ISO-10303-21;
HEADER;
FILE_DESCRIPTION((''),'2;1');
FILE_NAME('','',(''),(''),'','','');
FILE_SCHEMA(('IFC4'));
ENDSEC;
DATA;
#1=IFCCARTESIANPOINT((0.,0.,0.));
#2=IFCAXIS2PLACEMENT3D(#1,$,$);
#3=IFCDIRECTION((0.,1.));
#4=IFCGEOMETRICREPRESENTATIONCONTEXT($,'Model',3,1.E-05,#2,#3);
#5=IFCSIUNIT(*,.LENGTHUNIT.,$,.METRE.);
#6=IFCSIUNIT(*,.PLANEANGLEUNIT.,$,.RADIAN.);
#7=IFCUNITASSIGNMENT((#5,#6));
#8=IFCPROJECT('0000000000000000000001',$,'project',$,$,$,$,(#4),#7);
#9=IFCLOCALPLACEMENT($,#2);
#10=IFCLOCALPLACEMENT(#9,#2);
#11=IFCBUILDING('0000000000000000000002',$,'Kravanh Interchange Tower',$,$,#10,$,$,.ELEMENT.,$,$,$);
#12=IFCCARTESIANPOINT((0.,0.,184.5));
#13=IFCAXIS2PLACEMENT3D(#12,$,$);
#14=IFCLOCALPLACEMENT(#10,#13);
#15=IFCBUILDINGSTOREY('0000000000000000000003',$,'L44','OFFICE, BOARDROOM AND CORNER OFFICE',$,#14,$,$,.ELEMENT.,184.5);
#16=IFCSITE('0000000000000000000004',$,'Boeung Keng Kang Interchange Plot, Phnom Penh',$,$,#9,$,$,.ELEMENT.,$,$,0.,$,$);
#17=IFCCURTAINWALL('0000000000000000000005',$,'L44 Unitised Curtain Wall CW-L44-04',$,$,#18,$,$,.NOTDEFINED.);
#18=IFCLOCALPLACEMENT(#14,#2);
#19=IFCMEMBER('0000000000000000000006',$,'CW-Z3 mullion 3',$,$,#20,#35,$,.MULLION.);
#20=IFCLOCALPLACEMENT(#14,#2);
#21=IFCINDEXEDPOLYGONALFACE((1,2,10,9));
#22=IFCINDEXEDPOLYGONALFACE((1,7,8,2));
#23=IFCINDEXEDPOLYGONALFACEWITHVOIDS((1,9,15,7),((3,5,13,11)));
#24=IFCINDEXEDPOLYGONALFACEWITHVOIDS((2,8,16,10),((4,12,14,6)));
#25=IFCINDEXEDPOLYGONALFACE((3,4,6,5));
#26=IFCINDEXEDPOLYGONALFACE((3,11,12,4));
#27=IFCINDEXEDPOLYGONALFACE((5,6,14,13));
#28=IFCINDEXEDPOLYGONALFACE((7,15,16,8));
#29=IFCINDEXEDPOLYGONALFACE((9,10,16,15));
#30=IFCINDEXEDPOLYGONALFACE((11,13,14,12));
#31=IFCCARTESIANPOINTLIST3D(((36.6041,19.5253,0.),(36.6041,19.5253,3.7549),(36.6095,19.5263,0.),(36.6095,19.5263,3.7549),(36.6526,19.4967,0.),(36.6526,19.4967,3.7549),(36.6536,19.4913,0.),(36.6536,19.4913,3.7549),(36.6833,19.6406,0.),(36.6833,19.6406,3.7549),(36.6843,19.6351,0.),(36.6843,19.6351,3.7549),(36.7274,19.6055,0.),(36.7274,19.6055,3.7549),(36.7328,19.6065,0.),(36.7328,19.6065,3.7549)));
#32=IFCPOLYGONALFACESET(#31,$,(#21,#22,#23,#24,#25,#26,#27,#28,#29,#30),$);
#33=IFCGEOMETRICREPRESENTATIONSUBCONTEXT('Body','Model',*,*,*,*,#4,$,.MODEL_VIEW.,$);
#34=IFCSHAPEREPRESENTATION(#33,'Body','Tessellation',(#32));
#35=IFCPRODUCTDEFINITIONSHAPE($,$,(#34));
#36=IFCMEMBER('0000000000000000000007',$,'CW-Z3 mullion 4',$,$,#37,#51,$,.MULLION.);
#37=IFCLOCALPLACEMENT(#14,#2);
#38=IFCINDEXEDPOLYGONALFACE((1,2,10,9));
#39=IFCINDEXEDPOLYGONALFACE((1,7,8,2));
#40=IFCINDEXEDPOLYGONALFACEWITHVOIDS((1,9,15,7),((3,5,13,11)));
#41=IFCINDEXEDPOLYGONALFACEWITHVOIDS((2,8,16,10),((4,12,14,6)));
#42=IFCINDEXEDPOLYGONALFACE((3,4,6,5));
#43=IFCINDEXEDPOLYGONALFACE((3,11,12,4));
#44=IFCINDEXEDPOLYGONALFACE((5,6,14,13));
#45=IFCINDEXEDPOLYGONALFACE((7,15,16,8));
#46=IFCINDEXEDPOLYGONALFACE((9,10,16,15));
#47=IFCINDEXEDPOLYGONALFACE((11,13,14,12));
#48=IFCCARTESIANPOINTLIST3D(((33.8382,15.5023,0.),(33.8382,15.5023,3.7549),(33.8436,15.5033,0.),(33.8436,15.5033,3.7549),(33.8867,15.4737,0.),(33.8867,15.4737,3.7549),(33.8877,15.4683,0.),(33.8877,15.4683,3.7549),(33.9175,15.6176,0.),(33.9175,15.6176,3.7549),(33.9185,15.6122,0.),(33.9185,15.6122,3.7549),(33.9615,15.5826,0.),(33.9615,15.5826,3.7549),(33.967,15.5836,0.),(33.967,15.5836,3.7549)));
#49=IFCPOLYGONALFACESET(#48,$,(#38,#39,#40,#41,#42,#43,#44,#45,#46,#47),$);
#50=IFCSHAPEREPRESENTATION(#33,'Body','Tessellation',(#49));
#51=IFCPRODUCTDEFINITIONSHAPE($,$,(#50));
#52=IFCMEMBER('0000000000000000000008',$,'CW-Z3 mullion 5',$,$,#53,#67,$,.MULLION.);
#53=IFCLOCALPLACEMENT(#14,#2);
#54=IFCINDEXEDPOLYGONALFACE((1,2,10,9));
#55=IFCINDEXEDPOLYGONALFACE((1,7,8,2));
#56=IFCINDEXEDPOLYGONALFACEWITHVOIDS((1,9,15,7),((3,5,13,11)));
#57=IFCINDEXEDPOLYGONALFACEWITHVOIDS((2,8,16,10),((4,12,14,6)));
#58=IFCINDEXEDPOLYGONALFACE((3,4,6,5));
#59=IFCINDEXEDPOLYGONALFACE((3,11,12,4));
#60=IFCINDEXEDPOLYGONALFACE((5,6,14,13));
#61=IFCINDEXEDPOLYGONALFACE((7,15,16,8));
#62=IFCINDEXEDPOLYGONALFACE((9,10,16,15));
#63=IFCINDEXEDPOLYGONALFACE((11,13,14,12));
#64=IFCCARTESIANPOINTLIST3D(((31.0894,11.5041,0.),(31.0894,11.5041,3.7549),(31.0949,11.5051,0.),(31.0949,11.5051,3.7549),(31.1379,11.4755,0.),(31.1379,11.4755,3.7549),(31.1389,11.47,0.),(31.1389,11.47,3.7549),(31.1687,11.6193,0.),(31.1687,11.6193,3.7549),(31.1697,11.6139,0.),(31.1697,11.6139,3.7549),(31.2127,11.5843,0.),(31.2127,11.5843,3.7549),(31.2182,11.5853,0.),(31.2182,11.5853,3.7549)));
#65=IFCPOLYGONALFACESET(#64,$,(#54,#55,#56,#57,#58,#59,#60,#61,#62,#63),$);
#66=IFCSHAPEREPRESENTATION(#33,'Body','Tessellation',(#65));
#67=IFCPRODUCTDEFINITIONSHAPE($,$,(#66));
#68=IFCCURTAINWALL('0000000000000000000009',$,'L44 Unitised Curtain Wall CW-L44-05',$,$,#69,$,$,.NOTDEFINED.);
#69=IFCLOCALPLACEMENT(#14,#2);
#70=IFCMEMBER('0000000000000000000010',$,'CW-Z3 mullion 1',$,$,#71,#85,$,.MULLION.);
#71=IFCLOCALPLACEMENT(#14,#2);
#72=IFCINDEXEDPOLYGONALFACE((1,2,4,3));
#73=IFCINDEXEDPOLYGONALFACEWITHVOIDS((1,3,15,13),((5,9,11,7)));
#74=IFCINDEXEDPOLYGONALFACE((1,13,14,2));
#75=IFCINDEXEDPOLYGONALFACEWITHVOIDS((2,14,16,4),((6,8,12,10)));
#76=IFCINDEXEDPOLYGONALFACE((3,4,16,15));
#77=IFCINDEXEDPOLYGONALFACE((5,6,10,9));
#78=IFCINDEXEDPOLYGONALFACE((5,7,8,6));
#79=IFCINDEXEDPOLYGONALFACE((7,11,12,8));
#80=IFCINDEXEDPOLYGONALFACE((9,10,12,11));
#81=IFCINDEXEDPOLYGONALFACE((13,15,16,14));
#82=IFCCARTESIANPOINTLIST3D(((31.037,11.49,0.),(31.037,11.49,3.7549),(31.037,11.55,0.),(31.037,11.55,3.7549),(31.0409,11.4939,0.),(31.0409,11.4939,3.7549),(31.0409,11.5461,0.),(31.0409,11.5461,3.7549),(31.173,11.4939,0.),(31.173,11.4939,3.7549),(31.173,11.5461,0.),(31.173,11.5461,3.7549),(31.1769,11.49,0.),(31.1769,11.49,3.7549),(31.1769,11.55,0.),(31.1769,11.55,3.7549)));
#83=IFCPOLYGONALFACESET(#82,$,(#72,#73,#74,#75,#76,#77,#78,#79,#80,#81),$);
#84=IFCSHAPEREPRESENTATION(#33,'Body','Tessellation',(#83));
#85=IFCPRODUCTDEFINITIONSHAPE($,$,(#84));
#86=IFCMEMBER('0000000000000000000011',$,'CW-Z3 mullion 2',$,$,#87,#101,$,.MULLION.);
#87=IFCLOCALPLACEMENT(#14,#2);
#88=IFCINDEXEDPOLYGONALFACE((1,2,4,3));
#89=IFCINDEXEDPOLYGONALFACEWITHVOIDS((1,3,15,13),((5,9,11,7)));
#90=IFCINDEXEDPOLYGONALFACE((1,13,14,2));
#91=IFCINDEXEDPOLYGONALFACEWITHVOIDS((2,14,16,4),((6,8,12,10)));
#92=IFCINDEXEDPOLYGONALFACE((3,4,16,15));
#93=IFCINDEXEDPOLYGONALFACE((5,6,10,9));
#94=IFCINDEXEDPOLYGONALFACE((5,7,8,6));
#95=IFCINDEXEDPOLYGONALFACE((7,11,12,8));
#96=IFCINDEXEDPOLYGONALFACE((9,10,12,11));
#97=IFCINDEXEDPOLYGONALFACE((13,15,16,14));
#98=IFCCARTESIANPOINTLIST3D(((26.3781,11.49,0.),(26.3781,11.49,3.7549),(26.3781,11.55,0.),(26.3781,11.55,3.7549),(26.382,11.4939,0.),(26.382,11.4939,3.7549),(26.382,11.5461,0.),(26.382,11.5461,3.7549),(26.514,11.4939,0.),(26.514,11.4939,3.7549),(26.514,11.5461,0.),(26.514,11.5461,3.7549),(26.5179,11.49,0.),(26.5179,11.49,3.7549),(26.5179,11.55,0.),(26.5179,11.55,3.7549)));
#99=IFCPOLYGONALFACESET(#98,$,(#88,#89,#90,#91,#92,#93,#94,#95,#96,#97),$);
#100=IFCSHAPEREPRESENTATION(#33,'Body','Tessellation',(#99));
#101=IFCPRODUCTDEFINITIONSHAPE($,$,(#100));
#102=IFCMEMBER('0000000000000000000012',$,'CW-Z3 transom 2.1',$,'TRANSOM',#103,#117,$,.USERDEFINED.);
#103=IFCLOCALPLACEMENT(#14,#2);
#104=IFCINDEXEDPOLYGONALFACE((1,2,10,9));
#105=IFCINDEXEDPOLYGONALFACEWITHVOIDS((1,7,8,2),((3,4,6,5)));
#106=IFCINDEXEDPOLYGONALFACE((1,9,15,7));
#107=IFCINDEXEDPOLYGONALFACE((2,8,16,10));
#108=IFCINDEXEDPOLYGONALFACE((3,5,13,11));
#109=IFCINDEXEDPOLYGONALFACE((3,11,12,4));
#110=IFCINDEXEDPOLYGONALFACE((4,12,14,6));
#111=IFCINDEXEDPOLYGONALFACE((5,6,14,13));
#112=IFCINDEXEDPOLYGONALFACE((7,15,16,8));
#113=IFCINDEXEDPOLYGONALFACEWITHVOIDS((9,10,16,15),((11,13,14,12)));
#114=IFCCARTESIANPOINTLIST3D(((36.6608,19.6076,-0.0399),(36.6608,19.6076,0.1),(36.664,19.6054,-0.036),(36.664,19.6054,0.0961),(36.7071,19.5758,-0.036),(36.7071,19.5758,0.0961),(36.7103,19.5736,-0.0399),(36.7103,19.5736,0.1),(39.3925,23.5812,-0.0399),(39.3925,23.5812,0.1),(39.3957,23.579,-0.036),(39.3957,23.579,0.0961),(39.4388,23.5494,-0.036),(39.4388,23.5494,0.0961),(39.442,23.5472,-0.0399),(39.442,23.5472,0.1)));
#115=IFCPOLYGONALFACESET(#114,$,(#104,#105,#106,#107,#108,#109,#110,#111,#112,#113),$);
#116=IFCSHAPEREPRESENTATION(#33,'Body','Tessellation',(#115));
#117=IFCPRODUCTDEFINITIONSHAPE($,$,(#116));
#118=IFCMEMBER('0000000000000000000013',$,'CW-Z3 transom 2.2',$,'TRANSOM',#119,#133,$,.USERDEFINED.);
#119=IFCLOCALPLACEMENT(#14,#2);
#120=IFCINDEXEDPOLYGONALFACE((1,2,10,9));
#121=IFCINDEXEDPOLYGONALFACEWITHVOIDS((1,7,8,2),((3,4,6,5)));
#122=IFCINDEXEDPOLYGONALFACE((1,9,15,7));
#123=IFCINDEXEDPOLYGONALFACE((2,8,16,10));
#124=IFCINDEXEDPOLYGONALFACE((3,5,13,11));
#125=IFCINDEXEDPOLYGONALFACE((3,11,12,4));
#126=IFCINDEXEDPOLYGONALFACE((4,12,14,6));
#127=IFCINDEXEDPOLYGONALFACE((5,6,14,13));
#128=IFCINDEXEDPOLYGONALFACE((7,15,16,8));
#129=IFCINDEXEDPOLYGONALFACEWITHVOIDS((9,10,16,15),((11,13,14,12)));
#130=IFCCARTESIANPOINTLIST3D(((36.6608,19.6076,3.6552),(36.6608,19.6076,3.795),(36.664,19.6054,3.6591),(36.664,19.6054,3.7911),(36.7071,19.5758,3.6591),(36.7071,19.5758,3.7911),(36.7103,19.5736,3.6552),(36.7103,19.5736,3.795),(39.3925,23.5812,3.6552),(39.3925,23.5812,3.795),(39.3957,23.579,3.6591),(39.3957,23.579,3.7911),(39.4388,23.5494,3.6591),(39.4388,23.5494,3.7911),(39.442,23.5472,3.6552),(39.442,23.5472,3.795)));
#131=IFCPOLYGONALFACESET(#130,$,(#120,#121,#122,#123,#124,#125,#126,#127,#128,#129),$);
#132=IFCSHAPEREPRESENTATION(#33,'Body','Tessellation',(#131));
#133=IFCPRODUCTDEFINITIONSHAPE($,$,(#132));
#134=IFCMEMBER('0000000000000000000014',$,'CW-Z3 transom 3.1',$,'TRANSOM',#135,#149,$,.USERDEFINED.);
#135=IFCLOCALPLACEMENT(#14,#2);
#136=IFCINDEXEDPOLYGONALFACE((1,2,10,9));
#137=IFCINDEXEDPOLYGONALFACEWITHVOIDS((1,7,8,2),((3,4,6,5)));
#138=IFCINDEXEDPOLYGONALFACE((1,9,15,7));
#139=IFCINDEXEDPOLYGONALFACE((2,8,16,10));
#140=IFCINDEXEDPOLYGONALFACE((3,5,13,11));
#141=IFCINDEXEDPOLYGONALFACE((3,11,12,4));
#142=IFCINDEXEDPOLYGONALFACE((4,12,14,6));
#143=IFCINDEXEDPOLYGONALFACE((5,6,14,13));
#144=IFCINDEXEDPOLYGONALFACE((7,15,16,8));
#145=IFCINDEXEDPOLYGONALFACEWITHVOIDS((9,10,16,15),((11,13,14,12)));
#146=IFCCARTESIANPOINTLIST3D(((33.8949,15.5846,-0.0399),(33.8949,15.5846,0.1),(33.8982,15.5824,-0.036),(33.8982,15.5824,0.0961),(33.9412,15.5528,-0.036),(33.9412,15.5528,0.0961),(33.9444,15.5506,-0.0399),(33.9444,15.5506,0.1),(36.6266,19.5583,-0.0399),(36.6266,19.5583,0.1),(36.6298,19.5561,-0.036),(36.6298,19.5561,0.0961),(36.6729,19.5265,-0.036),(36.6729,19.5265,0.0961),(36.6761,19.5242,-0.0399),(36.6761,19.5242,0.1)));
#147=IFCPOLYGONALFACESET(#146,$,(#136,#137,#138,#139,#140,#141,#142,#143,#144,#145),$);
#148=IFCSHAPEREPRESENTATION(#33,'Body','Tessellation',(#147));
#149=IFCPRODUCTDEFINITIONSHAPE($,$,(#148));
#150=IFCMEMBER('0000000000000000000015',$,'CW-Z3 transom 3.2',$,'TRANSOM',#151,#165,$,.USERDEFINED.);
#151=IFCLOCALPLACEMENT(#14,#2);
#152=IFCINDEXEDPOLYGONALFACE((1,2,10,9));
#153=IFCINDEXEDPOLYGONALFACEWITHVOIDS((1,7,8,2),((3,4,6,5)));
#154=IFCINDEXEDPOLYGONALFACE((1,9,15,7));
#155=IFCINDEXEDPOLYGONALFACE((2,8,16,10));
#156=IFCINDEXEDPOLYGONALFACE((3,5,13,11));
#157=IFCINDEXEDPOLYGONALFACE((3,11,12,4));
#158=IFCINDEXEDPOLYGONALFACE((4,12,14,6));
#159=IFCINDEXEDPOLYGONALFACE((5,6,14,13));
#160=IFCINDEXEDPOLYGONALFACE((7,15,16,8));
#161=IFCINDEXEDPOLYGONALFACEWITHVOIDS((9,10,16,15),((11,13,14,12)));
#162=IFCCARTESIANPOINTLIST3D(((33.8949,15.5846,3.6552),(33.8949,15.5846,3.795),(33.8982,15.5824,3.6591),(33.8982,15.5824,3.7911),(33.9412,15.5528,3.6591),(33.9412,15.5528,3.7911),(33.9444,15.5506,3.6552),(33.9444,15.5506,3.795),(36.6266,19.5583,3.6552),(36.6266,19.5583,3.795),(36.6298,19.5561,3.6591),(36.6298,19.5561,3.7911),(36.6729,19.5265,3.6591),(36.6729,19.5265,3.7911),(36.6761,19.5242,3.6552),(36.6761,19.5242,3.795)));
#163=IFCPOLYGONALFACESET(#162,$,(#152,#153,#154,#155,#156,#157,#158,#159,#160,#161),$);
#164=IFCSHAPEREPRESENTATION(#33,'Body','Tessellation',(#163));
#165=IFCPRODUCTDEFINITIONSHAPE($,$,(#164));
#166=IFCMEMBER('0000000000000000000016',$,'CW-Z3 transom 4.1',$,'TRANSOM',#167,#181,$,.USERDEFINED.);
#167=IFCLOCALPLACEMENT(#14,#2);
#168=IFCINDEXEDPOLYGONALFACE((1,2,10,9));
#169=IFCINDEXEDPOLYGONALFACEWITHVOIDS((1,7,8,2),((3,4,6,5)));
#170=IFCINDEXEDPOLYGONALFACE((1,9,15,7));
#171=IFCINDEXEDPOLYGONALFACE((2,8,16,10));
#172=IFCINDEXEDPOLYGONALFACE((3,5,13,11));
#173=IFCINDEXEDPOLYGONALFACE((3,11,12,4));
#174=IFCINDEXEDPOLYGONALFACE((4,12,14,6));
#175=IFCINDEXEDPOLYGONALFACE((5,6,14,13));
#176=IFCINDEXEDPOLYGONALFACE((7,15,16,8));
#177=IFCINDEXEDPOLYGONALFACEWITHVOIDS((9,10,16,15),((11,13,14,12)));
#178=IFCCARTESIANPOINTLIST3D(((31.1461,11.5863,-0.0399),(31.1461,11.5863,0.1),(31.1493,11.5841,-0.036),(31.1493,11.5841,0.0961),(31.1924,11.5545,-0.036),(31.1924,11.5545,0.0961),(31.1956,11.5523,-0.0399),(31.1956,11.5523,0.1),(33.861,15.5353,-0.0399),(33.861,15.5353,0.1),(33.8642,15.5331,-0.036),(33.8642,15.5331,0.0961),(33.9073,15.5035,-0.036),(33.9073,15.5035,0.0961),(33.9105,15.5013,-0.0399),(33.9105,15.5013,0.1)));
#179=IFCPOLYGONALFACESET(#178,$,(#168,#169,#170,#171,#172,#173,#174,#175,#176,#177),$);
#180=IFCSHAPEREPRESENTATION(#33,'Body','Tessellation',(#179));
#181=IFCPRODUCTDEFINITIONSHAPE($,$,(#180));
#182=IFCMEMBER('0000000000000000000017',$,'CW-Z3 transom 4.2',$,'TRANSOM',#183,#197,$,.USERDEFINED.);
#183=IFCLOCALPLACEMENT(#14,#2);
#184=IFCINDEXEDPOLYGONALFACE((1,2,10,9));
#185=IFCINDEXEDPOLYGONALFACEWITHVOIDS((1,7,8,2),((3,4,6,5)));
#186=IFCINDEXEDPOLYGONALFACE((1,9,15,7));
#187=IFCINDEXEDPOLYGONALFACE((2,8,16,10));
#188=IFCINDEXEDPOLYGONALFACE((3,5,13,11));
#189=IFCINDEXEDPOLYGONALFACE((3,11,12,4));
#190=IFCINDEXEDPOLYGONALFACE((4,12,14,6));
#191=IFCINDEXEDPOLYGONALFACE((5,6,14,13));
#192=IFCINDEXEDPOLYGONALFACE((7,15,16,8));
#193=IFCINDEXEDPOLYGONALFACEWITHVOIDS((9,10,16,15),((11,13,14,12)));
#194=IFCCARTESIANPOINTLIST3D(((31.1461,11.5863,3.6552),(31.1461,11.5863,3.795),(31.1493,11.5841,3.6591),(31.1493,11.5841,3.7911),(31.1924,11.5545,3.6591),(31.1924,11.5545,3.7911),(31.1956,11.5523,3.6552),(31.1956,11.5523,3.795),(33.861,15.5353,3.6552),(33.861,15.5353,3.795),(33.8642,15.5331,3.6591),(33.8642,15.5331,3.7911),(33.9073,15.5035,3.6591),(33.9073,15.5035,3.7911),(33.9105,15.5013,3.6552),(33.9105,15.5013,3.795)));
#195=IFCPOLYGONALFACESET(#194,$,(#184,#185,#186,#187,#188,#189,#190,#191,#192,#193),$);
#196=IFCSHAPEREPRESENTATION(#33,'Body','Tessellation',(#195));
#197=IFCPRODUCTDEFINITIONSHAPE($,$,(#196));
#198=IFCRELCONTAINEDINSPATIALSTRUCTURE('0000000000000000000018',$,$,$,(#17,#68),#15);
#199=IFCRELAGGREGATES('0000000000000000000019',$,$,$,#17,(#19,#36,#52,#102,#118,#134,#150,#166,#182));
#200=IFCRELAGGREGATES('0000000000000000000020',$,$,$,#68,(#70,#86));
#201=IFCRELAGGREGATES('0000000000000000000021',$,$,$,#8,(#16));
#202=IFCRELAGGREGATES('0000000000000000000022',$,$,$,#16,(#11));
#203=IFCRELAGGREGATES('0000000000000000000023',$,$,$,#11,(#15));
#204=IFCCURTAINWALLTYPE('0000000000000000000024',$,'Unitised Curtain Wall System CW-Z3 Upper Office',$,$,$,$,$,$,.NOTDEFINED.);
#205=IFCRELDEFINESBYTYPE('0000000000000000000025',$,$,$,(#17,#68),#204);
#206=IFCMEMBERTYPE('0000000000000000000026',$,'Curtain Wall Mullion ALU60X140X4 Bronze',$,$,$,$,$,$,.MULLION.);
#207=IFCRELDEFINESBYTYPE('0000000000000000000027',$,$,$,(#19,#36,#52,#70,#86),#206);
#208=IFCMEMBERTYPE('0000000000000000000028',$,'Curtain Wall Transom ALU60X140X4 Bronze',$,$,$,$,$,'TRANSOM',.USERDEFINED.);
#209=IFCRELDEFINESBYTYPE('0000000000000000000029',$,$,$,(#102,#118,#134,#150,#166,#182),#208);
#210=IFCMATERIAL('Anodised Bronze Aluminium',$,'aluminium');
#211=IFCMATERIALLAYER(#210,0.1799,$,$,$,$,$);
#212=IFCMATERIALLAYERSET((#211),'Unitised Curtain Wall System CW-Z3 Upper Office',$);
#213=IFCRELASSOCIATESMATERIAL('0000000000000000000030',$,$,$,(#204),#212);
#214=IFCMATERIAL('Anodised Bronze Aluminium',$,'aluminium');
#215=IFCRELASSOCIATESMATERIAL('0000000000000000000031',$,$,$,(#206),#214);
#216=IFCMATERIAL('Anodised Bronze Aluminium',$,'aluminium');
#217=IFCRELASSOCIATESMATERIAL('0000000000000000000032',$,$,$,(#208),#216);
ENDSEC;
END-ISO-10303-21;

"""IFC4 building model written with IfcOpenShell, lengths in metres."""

from ifc_helpers import new_model, si_unit, direction, frame, origin, origin_2d, place, context, subcontext, project, spatial, hollow_rectangle, extrude, material, layer, layer_set, material_profile, profile_set, type_object, element, aggregate, save


model = new_model("IFC4")

# Units and contexts
model_context = context("Model", 3, precision=1e-05, world=origin(), true_north=direction((0.0, 1.0)))
body_context = subcontext(model_context, "Body", "Model", "MODEL_VIEW")
ifc_project = project(units=[si_unit("LENGTHUNIT", "METRE"), si_unit("PLANEANGLEUNIT", "RADIAN")], contexts=[model_context])

# Site, building, storey
site_placement = place(None, origin())
site = spatial("IfcSite", under=ifc_project, at=site_placement, Name="Boeung Keng Kang Interchange Plot, Phnom Penh", CompositionType="ELEMENT", RefElevation=0.0)
building_placement = place(site_placement, origin())
building = spatial("IfcBuilding", under=site, at=building_placement, Name="Kravanh Interchange Tower", CompositionType="ELEMENT")
storey_placement = place(building_placement, frame((0.0, 0.0, 184.5)))
storey = spatial("IfcBuildingStorey", under=building, at=storey_placement, Name="L44", Description="OFFICE, BOARDROOM AND CORNER OFFICE", CompositionType="ELEMENT", Elevation=184.5)

# Curtain walls, members
ifc_material_1 = material(Name="Anodised Bronze Aluminium", Category="aluminium")
ifc_layer_1 = layer(ifc_material_1, 0.1799)
ifc_layer_set_1 = layer_set([ifc_layer_1], Name="Unitised Curtain Wall System CW-Z3 Upper Office")
curtain_wall_type = type_object("IfcCurtainWallType", Name="Unitised Curtain Wall System CW-Z3 Upper Office", PredefinedType="NOTDEFINED", material=ifc_layer_set_1)
curtain_wall_1_placement = place(storey_placement, origin())
curtain_wall_1 = element("IfcCurtainWall", 1, at=curtain_wall_1_placement, inside=storey, type_object=curtain_wall_type, Name="L44 Unitised Curtain Wall CW-L44-04", PredefinedType="NOTDEFINED")
ifc_material_2 = material(Name="Anodised Bronze Aluminium", Category="aluminium")
ifc_material_profile_1 = material_profile(ifc_material_2, hollow_rectangle(XDim=0.0601, YDim=0.1399, WallThickness=0.0039, at=origin_2d()), Name="ALU60X140X4")
ifc_profile_set_1 = profile_set([ifc_material_profile_1], Name="Anodised Bronze Aluminium")
member_type_1 = type_object("IfcMemberType", Name="Curtain Wall Mullion ALU60X140X4 Bronze", PredefinedType="MULLION", material=ifc_profile_set_1)
member_1_placement = place(storey_placement, frame((36.6685, 19.5659, 0.0), z_axis=(0.0, 0.0, 1.0), x_axis=(0.824042, -0.566528, 0.0)))
member_1 = element("IfcMember", 2, at=member_1_placement, type_object=member_type_1, Name="CW-Z3 mullion 3", PredefinedType="MULLION", context=body_context, shape_type="SweptSolid", body=[
    extrude(hollow_rectangle(XDim=0.0601, YDim=0.1399, WallThickness=0.0039, at=origin_2d()), origin(), (0.0, 0.0, 1.0), 3.7549),
])
member_2_placement = place(storey_placement, frame((33.9026, 15.543, 0.0), z_axis=(0.0, 0.0, 1.0), x_axis=(0.824042, -0.566528, 0.0)))
member_2 = element("IfcMember", 3, at=member_2_placement, type_object=member_type_1, Name="CW-Z3 mullion 4", PredefinedType="MULLION", context=body_context, shape_type="SweptSolid", body=[
    extrude(hollow_rectangle(XDim=0.0601, YDim=0.1399, WallThickness=0.0039, at=origin_2d()), origin(), (0.0, 0.0, 1.0), 3.7549),
])
member_3_placement = place(storey_placement, frame((31.1538, 11.5447, 0.0), z_axis=(0.0, 0.0, 1.0), x_axis=(0.824042, -0.566528, 0.0)))
member_3 = element("IfcMember", 4, at=member_3_placement, type_object=member_type_1, Name="CW-Z3 mullion 5", PredefinedType="MULLION", context=body_context, shape_type="SweptSolid", body=[
    extrude(hollow_rectangle(XDim=0.0601, YDim=0.1399, WallThickness=0.0039, at=origin_2d()), origin(), (0.0, 0.0, 1.0), 3.7549),
])
curtain_wall_2_placement = place(storey_placement, origin())
curtain_wall_2 = element("IfcCurtainWall", 5, at=curtain_wall_2_placement, inside=storey, type_object=curtain_wall_type, Name="L44 Unitised Curtain Wall CW-L44-05", PredefinedType="NOTDEFINED")
member_4_placement = place(storey_placement, frame((31.1069, 11.52, 0.0), z_axis=(0.0, 0.0, 1.0), x_axis=(0.0, -1.0, 0.0)))
member_4 = element("IfcMember", 6, at=member_4_placement, type_object=member_type_1, Name="CW-Z3 mullion 1", PredefinedType="MULLION", context=body_context, shape_type="SweptSolid", body=[
    extrude(hollow_rectangle(XDim=0.0601, YDim=0.1399, WallThickness=0.0039, at=origin_2d()), origin(), (0.0, 0.0, 1.0), 3.7549),
])
member_5_placement = place(storey_placement, frame((26.448, 11.52, 0.0), z_axis=(0.0, 0.0, 1.0), x_axis=(0.0, -1.0, 0.0)))
member_5 = element("IfcMember", 7, at=member_5_placement, type_object=member_type_1, Name="CW-Z3 mullion 2", PredefinedType="MULLION", context=body_context, shape_type="SweptSolid", body=[
    extrude(hollow_rectangle(XDim=0.0601, YDim=0.1399, WallThickness=0.0039, at=origin_2d()), origin(), (0.0, 0.0, 1.0), 3.7549),
])

# Members
ifc_material_3 = material(Name="Anodised Bronze Aluminium", Category="aluminium")
ifc_material_profile_2 = material_profile(ifc_material_3, hollow_rectangle(XDim=0.0601, YDim=0.1399, WallThickness=0.0039, at=origin_2d()), Name="ALU60X140X4")
ifc_profile_set_2 = profile_set([ifc_material_profile_2], Name="Anodised Bronze Aluminium")
member_type_2 = type_object("IfcMemberType", Name="Curtain Wall Transom ALU60X140X4 Bronze", ElementType="TRANSOM", PredefinedType="USERDEFINED", material=ifc_profile_set_2)
member_6_placement = place(storey_placement, frame((39.4172, 23.5642, 0.03), z_axis=(-0.566503, -0.82406, 0.0), x_axis=(0.82406, -0.566503, 0.0)))
member_6 = element("IfcMember", 8, at=member_6_placement, type_object=member_type_2, Name="CW-Z3 transom 2.1", ObjectType="TRANSOM", PredefinedType="USERDEFINED", context=body_context, shape_type="SweptSolid", body=[
    extrude(hollow_rectangle(XDim=0.0601, YDim=0.1399, WallThickness=0.0039, at=origin_2d()), origin(), (0.0, 0.0, 1.0), 4.822),
])
member_7_placement = place(storey_placement, frame((39.4172, 23.5642, 3.7251), z_axis=(-0.566503, -0.82406, 0.0), x_axis=(0.82406, -0.566503, 0.0)))
member_7 = element("IfcMember", 9, at=member_7_placement, type_object=member_type_2, Name="CW-Z3 transom 2.2", ObjectType="TRANSOM", PredefinedType="USERDEFINED", context=body_context, shape_type="SweptSolid", body=[
    extrude(hollow_rectangle(XDim=0.0601, YDim=0.1399, WallThickness=0.0039, at=origin_2d()), origin(), (0.0, 0.0, 1.0), 4.822),
])
member_8_placement = place(storey_placement, frame((36.6514, 19.5413, 0.03), z_axis=(-0.566503, -0.82406, 0.0), x_axis=(0.82406, -0.566503, 0.0)))
member_8 = element("IfcMember", 10, at=member_8_placement, type_object=member_type_2, Name="CW-Z3 transom 3.1", ObjectType="TRANSOM", PredefinedType="USERDEFINED", context=body_context, shape_type="SweptSolid", body=[
    extrude(hollow_rectangle(XDim=0.0601, YDim=0.1399, WallThickness=0.0039, at=origin_2d()), origin(), (0.0, 0.0, 1.0), 4.822),
])
member_9_placement = place(storey_placement, frame((36.6514, 19.5413, 3.7251), z_axis=(-0.566503, -0.82406, 0.0), x_axis=(0.82406, -0.566503, 0.0)))
member_9 = element("IfcMember", 11, at=member_9_placement, type_object=member_type_2, Name="CW-Z3 transom 3.2", ObjectType="TRANSOM", PredefinedType="USERDEFINED", context=body_context, shape_type="SweptSolid", body=[
    extrude(hollow_rectangle(XDim=0.0601, YDim=0.1399, WallThickness=0.0039, at=origin_2d()), origin(), (0.0, 0.0, 1.0), 4.822),
])
member_10_placement = place(storey_placement, frame((33.8857, 15.5183, 0.03), z_axis=(-0.566518, -0.824049, 0.0), x_axis=(0.824049, -0.566518, 0.0)))
member_10 = element("IfcMember", 12, at=member_10_placement, type_object=member_type_2, Name="CW-Z3 transom 4.1", ObjectType="TRANSOM", PredefinedType="USERDEFINED", context=body_context, shape_type="SweptSolid", body=[
    extrude(hollow_rectangle(XDim=0.0601, YDim=0.1399, WallThickness=0.0039, at=origin_2d()), origin(), (0.0, 0.0, 1.0), 4.7922),
])
member_11_placement = place(storey_placement, frame((33.8857, 15.5183, 3.7251), z_axis=(-0.566518, -0.824049, 0.0), x_axis=(0.824049, -0.566518, 0.0)))
member_11 = element("IfcMember", 13, at=member_11_placement, type_object=member_type_2, Name="CW-Z3 transom 4.2", ObjectType="TRANSOM", PredefinedType="USERDEFINED", context=body_context, shape_type="SweptSolid", body=[
    extrude(hollow_rectangle(XDim=0.0601, YDim=0.1399, WallThickness=0.0039, at=origin_2d()), origin(), (0.0, 0.0, 1.0), 4.7922),
])

aggregate(curtain_wall_1, [member_1, member_2, member_3, member_6, member_7, member_8, member_9, member_10, member_11])
aggregate(curtain_wall_2, [member_4, member_5])

save(model, "model.ifc")
